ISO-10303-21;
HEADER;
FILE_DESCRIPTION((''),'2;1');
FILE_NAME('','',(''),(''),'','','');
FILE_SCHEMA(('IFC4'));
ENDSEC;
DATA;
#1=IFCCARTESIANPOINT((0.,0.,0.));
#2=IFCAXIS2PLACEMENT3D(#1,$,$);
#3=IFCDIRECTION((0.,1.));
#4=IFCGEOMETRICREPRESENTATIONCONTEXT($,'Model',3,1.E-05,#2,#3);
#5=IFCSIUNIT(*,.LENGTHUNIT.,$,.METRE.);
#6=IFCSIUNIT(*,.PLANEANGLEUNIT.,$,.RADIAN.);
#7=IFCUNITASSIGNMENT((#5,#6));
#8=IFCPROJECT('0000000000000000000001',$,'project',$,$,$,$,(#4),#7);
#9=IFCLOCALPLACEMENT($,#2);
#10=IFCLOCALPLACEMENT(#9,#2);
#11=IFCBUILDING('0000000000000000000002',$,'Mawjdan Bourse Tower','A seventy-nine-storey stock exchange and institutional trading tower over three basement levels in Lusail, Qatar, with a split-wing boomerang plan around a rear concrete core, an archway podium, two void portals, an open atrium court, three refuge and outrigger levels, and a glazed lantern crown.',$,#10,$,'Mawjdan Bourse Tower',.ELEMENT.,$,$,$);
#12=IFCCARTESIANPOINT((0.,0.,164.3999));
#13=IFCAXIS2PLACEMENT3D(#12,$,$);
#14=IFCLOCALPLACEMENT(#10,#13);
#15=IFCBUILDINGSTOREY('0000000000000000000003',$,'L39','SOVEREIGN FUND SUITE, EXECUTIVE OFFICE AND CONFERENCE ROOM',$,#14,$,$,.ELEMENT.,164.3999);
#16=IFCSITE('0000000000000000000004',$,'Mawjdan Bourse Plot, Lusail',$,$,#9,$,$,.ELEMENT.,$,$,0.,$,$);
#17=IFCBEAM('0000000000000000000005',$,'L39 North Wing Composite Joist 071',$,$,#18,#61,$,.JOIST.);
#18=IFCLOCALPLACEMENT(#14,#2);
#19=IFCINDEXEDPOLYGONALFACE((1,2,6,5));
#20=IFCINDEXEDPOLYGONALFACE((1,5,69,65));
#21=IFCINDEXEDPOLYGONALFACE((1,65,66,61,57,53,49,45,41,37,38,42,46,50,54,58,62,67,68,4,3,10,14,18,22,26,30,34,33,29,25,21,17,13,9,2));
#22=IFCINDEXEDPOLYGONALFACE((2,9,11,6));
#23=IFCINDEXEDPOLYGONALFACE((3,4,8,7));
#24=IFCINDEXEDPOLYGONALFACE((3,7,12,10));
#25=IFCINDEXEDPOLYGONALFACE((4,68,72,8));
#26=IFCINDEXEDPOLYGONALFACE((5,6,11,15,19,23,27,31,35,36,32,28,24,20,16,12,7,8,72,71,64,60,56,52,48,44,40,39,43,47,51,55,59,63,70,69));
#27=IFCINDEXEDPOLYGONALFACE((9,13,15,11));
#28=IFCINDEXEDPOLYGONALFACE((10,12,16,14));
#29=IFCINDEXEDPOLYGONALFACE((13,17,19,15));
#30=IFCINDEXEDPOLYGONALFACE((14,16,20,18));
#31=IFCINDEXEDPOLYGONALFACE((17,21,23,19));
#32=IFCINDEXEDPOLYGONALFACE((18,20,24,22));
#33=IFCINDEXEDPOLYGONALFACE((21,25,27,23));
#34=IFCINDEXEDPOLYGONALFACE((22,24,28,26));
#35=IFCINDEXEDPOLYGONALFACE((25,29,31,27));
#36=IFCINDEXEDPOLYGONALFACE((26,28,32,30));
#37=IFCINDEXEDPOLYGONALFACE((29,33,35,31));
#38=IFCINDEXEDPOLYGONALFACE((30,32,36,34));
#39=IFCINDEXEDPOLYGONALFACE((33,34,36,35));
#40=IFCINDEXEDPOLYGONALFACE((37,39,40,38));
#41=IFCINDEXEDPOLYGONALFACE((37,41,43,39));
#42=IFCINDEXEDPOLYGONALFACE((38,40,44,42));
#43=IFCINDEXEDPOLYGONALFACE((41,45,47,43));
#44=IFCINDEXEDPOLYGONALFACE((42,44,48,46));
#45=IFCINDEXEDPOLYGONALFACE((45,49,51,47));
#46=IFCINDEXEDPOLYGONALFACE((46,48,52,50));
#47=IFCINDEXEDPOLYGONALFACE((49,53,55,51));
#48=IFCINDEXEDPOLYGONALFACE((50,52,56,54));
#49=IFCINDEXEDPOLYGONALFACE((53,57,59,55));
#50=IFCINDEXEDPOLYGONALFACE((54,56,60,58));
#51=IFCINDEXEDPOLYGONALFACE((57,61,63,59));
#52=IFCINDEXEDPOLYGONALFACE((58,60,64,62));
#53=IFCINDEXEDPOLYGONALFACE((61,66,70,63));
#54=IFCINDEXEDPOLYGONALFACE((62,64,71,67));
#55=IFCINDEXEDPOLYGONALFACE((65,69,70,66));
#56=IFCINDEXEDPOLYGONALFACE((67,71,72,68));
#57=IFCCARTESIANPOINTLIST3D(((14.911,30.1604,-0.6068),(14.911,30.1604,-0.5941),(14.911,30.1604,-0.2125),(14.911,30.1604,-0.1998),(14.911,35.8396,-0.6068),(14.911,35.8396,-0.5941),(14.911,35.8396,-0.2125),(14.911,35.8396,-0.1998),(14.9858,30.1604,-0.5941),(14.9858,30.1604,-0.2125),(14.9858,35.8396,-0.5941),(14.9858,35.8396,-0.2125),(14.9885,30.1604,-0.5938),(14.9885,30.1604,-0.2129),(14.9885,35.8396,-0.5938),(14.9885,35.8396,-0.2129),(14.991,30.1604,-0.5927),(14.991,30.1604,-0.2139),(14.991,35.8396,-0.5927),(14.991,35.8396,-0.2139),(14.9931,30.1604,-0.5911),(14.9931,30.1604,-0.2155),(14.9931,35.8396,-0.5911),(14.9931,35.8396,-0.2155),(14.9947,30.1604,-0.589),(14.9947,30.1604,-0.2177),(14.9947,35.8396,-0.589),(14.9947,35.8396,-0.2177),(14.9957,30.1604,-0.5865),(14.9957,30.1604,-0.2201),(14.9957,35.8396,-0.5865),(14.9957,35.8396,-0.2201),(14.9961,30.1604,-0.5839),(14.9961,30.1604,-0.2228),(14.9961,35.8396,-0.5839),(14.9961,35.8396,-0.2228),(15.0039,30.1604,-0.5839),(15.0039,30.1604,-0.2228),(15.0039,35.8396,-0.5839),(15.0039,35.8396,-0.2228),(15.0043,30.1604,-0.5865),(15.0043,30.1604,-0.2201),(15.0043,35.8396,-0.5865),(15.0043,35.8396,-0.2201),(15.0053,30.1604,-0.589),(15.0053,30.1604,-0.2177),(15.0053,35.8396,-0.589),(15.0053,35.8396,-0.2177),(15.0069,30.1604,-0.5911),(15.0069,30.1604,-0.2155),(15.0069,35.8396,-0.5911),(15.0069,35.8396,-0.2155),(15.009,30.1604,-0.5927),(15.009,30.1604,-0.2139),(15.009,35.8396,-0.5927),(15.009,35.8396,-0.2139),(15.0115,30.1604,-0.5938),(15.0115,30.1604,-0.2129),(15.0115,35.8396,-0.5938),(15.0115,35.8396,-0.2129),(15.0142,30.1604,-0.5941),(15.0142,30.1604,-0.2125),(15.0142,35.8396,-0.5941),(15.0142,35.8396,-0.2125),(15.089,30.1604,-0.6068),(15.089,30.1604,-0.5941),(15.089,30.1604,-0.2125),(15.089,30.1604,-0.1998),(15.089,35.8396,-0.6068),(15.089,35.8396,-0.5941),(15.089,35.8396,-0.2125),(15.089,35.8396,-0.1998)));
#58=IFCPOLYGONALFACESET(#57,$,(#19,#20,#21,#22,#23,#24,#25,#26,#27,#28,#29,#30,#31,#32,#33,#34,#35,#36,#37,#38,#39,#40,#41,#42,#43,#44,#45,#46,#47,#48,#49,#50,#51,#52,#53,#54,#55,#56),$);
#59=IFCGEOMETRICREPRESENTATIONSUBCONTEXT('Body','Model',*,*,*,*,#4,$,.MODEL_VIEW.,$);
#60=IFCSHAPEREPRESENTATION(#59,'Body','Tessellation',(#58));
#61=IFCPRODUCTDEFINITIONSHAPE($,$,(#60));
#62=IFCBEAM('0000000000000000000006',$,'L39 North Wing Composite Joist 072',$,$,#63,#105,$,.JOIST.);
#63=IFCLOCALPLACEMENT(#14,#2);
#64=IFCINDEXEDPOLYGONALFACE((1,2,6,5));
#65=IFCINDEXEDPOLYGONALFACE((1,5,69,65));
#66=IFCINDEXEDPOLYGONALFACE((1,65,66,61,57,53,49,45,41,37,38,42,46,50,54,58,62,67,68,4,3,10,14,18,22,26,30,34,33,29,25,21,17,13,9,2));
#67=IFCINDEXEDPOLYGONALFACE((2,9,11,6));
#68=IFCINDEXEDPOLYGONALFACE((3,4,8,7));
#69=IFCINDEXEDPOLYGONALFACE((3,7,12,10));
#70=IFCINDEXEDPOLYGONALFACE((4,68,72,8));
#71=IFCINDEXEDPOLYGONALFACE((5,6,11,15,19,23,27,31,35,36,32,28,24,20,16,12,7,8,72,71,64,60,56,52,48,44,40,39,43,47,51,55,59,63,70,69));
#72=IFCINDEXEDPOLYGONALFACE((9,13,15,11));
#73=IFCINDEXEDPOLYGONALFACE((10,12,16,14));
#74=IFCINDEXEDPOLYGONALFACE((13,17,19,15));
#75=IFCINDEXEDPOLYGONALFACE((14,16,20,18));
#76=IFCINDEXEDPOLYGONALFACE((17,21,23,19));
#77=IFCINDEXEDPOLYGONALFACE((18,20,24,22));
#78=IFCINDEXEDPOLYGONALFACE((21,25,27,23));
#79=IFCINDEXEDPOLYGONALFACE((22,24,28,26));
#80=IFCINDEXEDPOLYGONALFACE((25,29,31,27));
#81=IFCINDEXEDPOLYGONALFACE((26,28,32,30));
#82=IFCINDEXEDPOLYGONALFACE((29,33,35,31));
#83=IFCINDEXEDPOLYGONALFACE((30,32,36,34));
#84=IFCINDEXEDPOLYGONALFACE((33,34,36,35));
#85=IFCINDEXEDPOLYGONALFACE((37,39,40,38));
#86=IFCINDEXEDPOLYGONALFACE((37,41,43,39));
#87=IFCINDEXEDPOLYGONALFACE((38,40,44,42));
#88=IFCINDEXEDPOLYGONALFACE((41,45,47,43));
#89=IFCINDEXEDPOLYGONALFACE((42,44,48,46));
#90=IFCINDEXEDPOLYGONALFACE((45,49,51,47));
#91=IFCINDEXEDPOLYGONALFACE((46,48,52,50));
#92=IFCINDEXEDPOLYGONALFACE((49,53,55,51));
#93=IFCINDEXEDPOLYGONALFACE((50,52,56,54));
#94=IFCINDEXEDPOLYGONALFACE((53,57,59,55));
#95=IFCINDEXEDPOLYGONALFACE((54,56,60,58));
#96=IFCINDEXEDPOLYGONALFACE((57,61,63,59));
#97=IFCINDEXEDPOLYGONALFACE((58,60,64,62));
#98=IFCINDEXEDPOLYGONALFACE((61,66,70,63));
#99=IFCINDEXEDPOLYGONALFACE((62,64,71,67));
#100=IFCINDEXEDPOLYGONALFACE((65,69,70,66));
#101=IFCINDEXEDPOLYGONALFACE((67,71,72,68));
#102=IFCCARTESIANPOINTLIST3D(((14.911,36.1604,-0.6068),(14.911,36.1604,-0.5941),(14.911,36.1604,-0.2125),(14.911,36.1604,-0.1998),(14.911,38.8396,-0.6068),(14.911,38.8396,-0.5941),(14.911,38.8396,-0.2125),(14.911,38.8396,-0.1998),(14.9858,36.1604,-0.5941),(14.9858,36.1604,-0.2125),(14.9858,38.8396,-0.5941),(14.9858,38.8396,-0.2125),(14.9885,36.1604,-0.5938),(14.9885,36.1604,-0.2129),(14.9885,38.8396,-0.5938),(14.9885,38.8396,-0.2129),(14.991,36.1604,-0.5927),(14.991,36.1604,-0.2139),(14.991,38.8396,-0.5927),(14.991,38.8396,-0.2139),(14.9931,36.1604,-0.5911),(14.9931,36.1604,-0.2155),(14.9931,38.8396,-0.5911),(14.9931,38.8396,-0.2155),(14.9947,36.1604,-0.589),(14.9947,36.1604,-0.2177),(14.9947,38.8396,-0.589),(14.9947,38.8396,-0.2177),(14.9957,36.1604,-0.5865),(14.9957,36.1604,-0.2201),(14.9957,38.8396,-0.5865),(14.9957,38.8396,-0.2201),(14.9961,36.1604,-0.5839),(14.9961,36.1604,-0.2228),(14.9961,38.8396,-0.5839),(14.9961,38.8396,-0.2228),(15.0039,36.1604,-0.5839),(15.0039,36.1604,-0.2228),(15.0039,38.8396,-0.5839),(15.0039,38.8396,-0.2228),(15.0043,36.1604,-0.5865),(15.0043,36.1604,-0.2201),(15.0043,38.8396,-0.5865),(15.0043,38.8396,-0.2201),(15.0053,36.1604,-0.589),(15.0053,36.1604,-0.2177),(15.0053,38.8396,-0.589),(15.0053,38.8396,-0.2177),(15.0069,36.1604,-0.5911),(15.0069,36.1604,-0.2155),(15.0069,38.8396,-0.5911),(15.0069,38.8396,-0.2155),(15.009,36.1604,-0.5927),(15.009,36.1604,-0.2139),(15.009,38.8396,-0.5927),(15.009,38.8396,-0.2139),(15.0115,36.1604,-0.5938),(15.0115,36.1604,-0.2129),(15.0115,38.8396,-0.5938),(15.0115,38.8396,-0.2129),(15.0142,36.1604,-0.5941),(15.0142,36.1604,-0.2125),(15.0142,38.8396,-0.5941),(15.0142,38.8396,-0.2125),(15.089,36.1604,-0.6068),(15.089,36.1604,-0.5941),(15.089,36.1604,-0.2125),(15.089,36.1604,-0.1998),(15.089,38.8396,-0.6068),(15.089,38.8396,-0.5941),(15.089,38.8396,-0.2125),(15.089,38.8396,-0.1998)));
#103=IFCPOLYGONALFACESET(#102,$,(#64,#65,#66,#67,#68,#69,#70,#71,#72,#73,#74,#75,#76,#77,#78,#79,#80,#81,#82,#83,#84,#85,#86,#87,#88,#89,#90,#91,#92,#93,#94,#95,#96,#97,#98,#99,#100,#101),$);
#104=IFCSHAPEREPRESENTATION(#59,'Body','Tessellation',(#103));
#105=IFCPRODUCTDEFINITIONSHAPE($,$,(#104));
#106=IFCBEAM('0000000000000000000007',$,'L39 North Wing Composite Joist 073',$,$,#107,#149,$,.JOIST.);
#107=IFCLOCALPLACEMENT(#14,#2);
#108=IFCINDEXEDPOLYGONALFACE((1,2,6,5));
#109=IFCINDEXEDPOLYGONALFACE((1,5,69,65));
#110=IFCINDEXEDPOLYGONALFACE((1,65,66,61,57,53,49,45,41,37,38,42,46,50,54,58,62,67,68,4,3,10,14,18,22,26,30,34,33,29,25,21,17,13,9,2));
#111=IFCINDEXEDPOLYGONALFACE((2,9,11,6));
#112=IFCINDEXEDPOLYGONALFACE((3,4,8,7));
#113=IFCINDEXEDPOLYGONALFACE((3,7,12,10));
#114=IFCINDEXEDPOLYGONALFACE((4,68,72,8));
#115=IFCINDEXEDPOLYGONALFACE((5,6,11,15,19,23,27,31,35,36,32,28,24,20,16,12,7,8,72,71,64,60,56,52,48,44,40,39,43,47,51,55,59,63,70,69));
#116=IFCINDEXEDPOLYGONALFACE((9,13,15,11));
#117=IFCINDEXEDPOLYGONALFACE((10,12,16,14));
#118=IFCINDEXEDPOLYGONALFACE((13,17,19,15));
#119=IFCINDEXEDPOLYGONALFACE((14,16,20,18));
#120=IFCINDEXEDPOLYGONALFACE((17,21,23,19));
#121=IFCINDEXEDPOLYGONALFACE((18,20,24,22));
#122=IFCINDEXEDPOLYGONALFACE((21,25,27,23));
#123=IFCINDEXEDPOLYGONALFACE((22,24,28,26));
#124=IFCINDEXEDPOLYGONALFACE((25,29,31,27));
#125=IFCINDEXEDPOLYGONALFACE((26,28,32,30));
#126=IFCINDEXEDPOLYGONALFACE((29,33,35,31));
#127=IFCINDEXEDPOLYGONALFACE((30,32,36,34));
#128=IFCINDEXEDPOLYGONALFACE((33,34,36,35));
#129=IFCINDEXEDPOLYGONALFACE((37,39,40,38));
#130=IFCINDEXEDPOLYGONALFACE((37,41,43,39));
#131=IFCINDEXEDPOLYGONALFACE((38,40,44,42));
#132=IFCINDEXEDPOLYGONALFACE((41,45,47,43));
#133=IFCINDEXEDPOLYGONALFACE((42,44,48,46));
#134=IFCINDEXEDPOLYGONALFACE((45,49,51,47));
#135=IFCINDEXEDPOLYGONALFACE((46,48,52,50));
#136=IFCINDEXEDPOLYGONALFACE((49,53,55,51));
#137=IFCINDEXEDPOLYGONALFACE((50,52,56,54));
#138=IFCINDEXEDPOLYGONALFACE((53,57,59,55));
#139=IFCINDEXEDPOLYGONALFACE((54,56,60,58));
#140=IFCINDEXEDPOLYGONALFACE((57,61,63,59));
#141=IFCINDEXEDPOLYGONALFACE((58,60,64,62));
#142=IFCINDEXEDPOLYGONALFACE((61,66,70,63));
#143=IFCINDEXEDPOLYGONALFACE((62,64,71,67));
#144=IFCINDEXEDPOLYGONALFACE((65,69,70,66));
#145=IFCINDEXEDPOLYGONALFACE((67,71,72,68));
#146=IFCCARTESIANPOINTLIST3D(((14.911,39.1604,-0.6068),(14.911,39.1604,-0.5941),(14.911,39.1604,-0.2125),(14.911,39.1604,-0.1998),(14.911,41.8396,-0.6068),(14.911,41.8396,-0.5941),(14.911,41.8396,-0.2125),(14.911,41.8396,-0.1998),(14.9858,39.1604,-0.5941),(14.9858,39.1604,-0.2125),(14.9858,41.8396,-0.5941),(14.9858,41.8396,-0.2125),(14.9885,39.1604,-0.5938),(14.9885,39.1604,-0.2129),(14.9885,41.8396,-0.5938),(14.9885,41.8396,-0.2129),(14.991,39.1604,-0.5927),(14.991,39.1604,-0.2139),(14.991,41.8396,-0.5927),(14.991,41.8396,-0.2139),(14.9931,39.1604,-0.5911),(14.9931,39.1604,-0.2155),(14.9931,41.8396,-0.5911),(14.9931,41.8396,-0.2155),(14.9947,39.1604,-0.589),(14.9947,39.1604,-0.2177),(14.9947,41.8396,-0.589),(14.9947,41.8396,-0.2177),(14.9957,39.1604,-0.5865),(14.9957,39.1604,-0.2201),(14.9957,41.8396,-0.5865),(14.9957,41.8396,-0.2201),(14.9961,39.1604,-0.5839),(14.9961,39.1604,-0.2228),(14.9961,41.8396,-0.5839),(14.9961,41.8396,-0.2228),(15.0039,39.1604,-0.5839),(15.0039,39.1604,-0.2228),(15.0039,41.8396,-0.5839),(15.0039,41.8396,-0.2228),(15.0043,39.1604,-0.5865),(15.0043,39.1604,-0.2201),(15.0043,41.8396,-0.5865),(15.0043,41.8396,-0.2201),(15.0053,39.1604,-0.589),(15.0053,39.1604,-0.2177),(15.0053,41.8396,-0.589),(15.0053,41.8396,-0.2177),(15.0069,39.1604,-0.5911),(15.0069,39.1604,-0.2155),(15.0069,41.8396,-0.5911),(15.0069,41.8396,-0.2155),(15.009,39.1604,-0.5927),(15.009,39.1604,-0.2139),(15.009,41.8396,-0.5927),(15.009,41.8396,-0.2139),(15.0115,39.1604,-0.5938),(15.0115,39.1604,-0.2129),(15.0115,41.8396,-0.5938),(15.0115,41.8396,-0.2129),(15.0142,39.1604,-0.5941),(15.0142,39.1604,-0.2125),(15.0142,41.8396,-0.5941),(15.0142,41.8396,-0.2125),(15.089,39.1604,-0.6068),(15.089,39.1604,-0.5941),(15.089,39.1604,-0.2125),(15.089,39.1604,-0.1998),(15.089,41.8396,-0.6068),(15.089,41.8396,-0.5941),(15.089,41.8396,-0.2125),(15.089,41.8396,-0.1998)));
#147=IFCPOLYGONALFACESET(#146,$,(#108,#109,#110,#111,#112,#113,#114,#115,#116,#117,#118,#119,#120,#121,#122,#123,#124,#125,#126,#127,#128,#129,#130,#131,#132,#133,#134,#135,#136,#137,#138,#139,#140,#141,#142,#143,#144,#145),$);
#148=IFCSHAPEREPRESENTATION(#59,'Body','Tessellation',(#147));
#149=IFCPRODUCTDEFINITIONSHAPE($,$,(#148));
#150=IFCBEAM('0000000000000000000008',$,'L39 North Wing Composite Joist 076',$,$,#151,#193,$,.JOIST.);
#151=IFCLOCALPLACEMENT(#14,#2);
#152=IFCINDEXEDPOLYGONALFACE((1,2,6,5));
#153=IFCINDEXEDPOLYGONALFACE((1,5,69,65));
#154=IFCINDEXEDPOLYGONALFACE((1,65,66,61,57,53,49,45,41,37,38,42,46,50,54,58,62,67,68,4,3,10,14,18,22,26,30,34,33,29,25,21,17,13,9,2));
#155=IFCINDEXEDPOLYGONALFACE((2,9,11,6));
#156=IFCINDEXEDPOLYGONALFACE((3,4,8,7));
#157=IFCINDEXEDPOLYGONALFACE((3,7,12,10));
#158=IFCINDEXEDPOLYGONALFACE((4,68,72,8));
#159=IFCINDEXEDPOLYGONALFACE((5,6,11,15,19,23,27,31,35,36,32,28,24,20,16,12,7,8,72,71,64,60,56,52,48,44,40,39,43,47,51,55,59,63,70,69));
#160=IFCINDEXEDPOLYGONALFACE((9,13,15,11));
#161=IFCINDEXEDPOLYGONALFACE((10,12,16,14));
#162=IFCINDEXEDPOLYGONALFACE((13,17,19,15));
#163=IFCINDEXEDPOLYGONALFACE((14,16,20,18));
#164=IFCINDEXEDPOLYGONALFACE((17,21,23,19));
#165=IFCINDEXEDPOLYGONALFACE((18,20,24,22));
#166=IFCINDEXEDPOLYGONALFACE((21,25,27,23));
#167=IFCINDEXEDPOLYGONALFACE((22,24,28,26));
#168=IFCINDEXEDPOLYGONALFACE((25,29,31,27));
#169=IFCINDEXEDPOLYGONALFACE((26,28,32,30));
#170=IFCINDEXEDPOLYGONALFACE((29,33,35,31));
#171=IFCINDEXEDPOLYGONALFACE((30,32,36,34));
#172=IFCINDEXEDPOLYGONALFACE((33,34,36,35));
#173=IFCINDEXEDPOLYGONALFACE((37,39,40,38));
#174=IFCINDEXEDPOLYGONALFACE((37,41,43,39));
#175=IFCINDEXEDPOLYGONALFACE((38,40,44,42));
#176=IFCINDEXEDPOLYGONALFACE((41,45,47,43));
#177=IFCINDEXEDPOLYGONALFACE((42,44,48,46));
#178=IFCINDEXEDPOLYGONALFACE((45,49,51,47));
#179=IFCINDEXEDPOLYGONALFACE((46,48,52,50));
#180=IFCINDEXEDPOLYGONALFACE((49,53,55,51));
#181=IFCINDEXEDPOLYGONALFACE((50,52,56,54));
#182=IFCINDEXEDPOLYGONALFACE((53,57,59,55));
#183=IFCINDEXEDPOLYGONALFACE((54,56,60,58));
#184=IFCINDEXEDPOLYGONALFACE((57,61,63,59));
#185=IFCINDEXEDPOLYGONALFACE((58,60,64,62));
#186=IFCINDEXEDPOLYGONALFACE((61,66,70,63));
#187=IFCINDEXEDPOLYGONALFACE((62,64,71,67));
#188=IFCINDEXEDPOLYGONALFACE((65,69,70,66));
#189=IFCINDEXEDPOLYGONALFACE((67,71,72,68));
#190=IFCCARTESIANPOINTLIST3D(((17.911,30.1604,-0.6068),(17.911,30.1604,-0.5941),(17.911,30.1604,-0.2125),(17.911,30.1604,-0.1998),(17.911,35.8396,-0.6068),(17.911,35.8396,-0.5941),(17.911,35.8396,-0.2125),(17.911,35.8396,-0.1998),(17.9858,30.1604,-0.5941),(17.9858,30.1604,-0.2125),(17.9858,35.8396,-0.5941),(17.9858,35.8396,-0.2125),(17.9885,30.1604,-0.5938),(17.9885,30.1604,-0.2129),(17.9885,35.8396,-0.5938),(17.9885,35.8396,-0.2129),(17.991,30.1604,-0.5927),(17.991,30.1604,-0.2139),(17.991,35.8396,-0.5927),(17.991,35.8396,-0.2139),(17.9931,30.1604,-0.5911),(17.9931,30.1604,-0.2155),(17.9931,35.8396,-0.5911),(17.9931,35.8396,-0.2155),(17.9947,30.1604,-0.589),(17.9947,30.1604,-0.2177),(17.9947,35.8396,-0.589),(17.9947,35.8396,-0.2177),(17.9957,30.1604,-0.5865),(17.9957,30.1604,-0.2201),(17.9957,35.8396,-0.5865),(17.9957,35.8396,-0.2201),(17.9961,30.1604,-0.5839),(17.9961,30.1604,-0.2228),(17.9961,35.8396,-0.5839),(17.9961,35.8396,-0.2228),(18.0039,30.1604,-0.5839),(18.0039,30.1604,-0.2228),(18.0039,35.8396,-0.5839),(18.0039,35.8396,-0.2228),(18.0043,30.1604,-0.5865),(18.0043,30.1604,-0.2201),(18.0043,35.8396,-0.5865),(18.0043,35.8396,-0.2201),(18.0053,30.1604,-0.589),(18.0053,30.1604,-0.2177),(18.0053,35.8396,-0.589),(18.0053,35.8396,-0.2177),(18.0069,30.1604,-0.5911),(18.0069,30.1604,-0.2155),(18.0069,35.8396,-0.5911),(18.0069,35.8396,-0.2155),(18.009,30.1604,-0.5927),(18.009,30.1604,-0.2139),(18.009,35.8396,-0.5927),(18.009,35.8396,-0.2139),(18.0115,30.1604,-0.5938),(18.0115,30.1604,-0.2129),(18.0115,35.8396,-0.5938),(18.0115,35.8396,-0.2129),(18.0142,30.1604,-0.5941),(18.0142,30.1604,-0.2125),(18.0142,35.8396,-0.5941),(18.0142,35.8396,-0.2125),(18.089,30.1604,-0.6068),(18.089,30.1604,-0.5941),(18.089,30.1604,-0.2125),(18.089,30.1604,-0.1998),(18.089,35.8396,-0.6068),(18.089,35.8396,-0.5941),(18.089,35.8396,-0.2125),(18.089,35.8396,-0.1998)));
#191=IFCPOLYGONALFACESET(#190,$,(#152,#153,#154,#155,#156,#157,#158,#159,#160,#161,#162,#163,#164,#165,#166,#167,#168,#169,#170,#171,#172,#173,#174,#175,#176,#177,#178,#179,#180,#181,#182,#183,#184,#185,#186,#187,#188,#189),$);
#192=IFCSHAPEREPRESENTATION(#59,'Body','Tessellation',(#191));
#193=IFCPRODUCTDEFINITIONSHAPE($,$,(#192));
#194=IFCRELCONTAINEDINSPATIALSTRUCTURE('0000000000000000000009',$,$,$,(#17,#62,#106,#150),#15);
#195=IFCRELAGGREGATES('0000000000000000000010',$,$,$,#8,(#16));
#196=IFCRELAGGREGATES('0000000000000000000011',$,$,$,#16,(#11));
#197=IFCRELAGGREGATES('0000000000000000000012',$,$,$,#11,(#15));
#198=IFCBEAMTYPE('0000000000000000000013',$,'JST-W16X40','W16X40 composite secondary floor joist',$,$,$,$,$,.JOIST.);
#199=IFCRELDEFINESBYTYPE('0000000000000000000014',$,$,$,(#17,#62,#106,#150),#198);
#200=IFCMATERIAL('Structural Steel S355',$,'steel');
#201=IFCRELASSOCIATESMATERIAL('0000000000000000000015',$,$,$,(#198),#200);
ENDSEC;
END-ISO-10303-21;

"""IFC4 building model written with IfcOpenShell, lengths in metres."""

from ifc_helpers import new_model, si_unit, direction, frame, origin, origin_2d, place, context, subcontext, project, spatial, i_section, extrude, material, material_profile, profile_set, type_object, element, save


model = new_model("IFC4")

# Units and contexts
model_context = context("Model", 3, precision=1e-05, world=origin(), true_north=direction((0.0, 1.0)))
body_context = subcontext(model_context, "Body", "Model", "MODEL_VIEW")
ifc_project = project(units=[si_unit("LENGTHUNIT", "METRE"), si_unit("PLANEANGLEUNIT", "RADIAN")], contexts=[model_context])

# Site, building, storey
site_placement = place(None, origin())
site = spatial("IfcSite", under=ifc_project, at=site_placement, Name="Mawjdan Bourse Plot, Lusail", CompositionType="ELEMENT", RefElevation=0.0)
building_placement = place(site_placement, origin())
building = spatial("IfcBuilding", under=site, at=building_placement, Name="Mawjdan Bourse Tower", Description="A seventy-nine-storey stock exchange and institutional trading tower over three basement levels in Lusail, Qatar, with a split-wing boomerang plan around a rear concrete core, an archway podium, two void portals, an open atrium court, three refuge and outrigger levels, and a glazed lantern crown.", LongName="Mawjdan Bourse Tower", CompositionType="ELEMENT")
storey_placement = place(building_placement, frame((0.0, 0.0, 164.3999)))
storey = spatial("IfcBuildingStorey", under=building, at=storey_placement, Name="L39", Description="SOVEREIGN FUND SUITE, EXECUTIVE OFFICE AND CONFERENCE ROOM", CompositionType="ELEMENT", Elevation=164.3999)

# Beams
ifc_material_1 = material(Name="Structural Steel S355", Category="steel")
ifc_material_profile_1 = material_profile(ifc_material_1, i_section(OverallWidth=0.178, OverallDepth=0.407, WebThickness=0.0078, FlangeThickness=0.0127, FilletRadius=0.0103, at=origin_2d()), Name="W16X40")
ifc_profile_set_1 = profile_set([ifc_material_profile_1], Name="Structural Steel S355")
beam_type_1 = type_object("IfcBeamType", Name="JST-W16X40", Description="W16X40 composite secondary floor joist", PredefinedType="JOIST", material=ifc_profile_set_1)
beam_1_placement = place(storey_placement, frame((15.0, 30.1604, -0.4033), z_axis=(0.0, 1.0, 0.0), x_axis=(-1.0, 0.0, 0.0)))
element("IfcBeam", 1, at=beam_1_placement, inside=storey, type_object=beam_type_1, Name="L39 North Wing Composite Joist 071", PredefinedType="JOIST", context=body_context, shape_type="SweptSolid", body=[
    extrude(i_section(OverallWidth=0.178, OverallDepth=0.407, WebThickness=0.0078, FlangeThickness=0.0127, FilletRadius=0.0103, at=origin_2d()), origin(), (0.0, 0.0, 1.0), 5.6792),
])
for number, where, z_axis, x_axis, name in (
    (2, (15.0, 36.1604, -0.4033), (0.0, 1.0, 0.0), (-1.0, 0.0, 0.0), "L39 North Wing Composite Joist 072"),
    (3, (15.0, 39.1604, -0.4033), (0.0, 1.0, 0.0), (-1.0, 0.0, 0.0), "L39 North Wing Composite Joist 073"),
):
    element("IfcBeam", number, at=place(storey_placement, frame(where, z_axis=z_axis, x_axis=x_axis)), inside=storey, type_object=beam_type_1, Name=name, PredefinedType="JOIST", context=body_context, shape_type="SweptSolid", body=[
        extrude(i_section(OverallWidth=0.178, OverallDepth=0.407, WebThickness=0.0078, FlangeThickness=0.0127, FilletRadius=0.0103, at=origin_2d()), origin(), (0.0, 0.0, 1.0), 2.6792),
    ])
beam_2_placement = place(storey_placement, frame((18.0, 30.1604, -0.4033), z_axis=(0.0, 1.0, 0.0), x_axis=(-1.0, 0.0, 0.0)))
element("IfcBeam", 4, at=beam_2_placement, inside=storey, type_object=beam_type_1, Name="L39 North Wing Composite Joist 076", PredefinedType="JOIST", context=body_context, shape_type="SweptSolid", body=[
    extrude(i_section(OverallWidth=0.178, OverallDepth=0.407, WebThickness=0.0078, FlangeThickness=0.0127, FilletRadius=0.0103, at=origin_2d()), origin(), (0.0, 0.0, 1.0), 5.6792),
])

save(model, "model.ifc")
